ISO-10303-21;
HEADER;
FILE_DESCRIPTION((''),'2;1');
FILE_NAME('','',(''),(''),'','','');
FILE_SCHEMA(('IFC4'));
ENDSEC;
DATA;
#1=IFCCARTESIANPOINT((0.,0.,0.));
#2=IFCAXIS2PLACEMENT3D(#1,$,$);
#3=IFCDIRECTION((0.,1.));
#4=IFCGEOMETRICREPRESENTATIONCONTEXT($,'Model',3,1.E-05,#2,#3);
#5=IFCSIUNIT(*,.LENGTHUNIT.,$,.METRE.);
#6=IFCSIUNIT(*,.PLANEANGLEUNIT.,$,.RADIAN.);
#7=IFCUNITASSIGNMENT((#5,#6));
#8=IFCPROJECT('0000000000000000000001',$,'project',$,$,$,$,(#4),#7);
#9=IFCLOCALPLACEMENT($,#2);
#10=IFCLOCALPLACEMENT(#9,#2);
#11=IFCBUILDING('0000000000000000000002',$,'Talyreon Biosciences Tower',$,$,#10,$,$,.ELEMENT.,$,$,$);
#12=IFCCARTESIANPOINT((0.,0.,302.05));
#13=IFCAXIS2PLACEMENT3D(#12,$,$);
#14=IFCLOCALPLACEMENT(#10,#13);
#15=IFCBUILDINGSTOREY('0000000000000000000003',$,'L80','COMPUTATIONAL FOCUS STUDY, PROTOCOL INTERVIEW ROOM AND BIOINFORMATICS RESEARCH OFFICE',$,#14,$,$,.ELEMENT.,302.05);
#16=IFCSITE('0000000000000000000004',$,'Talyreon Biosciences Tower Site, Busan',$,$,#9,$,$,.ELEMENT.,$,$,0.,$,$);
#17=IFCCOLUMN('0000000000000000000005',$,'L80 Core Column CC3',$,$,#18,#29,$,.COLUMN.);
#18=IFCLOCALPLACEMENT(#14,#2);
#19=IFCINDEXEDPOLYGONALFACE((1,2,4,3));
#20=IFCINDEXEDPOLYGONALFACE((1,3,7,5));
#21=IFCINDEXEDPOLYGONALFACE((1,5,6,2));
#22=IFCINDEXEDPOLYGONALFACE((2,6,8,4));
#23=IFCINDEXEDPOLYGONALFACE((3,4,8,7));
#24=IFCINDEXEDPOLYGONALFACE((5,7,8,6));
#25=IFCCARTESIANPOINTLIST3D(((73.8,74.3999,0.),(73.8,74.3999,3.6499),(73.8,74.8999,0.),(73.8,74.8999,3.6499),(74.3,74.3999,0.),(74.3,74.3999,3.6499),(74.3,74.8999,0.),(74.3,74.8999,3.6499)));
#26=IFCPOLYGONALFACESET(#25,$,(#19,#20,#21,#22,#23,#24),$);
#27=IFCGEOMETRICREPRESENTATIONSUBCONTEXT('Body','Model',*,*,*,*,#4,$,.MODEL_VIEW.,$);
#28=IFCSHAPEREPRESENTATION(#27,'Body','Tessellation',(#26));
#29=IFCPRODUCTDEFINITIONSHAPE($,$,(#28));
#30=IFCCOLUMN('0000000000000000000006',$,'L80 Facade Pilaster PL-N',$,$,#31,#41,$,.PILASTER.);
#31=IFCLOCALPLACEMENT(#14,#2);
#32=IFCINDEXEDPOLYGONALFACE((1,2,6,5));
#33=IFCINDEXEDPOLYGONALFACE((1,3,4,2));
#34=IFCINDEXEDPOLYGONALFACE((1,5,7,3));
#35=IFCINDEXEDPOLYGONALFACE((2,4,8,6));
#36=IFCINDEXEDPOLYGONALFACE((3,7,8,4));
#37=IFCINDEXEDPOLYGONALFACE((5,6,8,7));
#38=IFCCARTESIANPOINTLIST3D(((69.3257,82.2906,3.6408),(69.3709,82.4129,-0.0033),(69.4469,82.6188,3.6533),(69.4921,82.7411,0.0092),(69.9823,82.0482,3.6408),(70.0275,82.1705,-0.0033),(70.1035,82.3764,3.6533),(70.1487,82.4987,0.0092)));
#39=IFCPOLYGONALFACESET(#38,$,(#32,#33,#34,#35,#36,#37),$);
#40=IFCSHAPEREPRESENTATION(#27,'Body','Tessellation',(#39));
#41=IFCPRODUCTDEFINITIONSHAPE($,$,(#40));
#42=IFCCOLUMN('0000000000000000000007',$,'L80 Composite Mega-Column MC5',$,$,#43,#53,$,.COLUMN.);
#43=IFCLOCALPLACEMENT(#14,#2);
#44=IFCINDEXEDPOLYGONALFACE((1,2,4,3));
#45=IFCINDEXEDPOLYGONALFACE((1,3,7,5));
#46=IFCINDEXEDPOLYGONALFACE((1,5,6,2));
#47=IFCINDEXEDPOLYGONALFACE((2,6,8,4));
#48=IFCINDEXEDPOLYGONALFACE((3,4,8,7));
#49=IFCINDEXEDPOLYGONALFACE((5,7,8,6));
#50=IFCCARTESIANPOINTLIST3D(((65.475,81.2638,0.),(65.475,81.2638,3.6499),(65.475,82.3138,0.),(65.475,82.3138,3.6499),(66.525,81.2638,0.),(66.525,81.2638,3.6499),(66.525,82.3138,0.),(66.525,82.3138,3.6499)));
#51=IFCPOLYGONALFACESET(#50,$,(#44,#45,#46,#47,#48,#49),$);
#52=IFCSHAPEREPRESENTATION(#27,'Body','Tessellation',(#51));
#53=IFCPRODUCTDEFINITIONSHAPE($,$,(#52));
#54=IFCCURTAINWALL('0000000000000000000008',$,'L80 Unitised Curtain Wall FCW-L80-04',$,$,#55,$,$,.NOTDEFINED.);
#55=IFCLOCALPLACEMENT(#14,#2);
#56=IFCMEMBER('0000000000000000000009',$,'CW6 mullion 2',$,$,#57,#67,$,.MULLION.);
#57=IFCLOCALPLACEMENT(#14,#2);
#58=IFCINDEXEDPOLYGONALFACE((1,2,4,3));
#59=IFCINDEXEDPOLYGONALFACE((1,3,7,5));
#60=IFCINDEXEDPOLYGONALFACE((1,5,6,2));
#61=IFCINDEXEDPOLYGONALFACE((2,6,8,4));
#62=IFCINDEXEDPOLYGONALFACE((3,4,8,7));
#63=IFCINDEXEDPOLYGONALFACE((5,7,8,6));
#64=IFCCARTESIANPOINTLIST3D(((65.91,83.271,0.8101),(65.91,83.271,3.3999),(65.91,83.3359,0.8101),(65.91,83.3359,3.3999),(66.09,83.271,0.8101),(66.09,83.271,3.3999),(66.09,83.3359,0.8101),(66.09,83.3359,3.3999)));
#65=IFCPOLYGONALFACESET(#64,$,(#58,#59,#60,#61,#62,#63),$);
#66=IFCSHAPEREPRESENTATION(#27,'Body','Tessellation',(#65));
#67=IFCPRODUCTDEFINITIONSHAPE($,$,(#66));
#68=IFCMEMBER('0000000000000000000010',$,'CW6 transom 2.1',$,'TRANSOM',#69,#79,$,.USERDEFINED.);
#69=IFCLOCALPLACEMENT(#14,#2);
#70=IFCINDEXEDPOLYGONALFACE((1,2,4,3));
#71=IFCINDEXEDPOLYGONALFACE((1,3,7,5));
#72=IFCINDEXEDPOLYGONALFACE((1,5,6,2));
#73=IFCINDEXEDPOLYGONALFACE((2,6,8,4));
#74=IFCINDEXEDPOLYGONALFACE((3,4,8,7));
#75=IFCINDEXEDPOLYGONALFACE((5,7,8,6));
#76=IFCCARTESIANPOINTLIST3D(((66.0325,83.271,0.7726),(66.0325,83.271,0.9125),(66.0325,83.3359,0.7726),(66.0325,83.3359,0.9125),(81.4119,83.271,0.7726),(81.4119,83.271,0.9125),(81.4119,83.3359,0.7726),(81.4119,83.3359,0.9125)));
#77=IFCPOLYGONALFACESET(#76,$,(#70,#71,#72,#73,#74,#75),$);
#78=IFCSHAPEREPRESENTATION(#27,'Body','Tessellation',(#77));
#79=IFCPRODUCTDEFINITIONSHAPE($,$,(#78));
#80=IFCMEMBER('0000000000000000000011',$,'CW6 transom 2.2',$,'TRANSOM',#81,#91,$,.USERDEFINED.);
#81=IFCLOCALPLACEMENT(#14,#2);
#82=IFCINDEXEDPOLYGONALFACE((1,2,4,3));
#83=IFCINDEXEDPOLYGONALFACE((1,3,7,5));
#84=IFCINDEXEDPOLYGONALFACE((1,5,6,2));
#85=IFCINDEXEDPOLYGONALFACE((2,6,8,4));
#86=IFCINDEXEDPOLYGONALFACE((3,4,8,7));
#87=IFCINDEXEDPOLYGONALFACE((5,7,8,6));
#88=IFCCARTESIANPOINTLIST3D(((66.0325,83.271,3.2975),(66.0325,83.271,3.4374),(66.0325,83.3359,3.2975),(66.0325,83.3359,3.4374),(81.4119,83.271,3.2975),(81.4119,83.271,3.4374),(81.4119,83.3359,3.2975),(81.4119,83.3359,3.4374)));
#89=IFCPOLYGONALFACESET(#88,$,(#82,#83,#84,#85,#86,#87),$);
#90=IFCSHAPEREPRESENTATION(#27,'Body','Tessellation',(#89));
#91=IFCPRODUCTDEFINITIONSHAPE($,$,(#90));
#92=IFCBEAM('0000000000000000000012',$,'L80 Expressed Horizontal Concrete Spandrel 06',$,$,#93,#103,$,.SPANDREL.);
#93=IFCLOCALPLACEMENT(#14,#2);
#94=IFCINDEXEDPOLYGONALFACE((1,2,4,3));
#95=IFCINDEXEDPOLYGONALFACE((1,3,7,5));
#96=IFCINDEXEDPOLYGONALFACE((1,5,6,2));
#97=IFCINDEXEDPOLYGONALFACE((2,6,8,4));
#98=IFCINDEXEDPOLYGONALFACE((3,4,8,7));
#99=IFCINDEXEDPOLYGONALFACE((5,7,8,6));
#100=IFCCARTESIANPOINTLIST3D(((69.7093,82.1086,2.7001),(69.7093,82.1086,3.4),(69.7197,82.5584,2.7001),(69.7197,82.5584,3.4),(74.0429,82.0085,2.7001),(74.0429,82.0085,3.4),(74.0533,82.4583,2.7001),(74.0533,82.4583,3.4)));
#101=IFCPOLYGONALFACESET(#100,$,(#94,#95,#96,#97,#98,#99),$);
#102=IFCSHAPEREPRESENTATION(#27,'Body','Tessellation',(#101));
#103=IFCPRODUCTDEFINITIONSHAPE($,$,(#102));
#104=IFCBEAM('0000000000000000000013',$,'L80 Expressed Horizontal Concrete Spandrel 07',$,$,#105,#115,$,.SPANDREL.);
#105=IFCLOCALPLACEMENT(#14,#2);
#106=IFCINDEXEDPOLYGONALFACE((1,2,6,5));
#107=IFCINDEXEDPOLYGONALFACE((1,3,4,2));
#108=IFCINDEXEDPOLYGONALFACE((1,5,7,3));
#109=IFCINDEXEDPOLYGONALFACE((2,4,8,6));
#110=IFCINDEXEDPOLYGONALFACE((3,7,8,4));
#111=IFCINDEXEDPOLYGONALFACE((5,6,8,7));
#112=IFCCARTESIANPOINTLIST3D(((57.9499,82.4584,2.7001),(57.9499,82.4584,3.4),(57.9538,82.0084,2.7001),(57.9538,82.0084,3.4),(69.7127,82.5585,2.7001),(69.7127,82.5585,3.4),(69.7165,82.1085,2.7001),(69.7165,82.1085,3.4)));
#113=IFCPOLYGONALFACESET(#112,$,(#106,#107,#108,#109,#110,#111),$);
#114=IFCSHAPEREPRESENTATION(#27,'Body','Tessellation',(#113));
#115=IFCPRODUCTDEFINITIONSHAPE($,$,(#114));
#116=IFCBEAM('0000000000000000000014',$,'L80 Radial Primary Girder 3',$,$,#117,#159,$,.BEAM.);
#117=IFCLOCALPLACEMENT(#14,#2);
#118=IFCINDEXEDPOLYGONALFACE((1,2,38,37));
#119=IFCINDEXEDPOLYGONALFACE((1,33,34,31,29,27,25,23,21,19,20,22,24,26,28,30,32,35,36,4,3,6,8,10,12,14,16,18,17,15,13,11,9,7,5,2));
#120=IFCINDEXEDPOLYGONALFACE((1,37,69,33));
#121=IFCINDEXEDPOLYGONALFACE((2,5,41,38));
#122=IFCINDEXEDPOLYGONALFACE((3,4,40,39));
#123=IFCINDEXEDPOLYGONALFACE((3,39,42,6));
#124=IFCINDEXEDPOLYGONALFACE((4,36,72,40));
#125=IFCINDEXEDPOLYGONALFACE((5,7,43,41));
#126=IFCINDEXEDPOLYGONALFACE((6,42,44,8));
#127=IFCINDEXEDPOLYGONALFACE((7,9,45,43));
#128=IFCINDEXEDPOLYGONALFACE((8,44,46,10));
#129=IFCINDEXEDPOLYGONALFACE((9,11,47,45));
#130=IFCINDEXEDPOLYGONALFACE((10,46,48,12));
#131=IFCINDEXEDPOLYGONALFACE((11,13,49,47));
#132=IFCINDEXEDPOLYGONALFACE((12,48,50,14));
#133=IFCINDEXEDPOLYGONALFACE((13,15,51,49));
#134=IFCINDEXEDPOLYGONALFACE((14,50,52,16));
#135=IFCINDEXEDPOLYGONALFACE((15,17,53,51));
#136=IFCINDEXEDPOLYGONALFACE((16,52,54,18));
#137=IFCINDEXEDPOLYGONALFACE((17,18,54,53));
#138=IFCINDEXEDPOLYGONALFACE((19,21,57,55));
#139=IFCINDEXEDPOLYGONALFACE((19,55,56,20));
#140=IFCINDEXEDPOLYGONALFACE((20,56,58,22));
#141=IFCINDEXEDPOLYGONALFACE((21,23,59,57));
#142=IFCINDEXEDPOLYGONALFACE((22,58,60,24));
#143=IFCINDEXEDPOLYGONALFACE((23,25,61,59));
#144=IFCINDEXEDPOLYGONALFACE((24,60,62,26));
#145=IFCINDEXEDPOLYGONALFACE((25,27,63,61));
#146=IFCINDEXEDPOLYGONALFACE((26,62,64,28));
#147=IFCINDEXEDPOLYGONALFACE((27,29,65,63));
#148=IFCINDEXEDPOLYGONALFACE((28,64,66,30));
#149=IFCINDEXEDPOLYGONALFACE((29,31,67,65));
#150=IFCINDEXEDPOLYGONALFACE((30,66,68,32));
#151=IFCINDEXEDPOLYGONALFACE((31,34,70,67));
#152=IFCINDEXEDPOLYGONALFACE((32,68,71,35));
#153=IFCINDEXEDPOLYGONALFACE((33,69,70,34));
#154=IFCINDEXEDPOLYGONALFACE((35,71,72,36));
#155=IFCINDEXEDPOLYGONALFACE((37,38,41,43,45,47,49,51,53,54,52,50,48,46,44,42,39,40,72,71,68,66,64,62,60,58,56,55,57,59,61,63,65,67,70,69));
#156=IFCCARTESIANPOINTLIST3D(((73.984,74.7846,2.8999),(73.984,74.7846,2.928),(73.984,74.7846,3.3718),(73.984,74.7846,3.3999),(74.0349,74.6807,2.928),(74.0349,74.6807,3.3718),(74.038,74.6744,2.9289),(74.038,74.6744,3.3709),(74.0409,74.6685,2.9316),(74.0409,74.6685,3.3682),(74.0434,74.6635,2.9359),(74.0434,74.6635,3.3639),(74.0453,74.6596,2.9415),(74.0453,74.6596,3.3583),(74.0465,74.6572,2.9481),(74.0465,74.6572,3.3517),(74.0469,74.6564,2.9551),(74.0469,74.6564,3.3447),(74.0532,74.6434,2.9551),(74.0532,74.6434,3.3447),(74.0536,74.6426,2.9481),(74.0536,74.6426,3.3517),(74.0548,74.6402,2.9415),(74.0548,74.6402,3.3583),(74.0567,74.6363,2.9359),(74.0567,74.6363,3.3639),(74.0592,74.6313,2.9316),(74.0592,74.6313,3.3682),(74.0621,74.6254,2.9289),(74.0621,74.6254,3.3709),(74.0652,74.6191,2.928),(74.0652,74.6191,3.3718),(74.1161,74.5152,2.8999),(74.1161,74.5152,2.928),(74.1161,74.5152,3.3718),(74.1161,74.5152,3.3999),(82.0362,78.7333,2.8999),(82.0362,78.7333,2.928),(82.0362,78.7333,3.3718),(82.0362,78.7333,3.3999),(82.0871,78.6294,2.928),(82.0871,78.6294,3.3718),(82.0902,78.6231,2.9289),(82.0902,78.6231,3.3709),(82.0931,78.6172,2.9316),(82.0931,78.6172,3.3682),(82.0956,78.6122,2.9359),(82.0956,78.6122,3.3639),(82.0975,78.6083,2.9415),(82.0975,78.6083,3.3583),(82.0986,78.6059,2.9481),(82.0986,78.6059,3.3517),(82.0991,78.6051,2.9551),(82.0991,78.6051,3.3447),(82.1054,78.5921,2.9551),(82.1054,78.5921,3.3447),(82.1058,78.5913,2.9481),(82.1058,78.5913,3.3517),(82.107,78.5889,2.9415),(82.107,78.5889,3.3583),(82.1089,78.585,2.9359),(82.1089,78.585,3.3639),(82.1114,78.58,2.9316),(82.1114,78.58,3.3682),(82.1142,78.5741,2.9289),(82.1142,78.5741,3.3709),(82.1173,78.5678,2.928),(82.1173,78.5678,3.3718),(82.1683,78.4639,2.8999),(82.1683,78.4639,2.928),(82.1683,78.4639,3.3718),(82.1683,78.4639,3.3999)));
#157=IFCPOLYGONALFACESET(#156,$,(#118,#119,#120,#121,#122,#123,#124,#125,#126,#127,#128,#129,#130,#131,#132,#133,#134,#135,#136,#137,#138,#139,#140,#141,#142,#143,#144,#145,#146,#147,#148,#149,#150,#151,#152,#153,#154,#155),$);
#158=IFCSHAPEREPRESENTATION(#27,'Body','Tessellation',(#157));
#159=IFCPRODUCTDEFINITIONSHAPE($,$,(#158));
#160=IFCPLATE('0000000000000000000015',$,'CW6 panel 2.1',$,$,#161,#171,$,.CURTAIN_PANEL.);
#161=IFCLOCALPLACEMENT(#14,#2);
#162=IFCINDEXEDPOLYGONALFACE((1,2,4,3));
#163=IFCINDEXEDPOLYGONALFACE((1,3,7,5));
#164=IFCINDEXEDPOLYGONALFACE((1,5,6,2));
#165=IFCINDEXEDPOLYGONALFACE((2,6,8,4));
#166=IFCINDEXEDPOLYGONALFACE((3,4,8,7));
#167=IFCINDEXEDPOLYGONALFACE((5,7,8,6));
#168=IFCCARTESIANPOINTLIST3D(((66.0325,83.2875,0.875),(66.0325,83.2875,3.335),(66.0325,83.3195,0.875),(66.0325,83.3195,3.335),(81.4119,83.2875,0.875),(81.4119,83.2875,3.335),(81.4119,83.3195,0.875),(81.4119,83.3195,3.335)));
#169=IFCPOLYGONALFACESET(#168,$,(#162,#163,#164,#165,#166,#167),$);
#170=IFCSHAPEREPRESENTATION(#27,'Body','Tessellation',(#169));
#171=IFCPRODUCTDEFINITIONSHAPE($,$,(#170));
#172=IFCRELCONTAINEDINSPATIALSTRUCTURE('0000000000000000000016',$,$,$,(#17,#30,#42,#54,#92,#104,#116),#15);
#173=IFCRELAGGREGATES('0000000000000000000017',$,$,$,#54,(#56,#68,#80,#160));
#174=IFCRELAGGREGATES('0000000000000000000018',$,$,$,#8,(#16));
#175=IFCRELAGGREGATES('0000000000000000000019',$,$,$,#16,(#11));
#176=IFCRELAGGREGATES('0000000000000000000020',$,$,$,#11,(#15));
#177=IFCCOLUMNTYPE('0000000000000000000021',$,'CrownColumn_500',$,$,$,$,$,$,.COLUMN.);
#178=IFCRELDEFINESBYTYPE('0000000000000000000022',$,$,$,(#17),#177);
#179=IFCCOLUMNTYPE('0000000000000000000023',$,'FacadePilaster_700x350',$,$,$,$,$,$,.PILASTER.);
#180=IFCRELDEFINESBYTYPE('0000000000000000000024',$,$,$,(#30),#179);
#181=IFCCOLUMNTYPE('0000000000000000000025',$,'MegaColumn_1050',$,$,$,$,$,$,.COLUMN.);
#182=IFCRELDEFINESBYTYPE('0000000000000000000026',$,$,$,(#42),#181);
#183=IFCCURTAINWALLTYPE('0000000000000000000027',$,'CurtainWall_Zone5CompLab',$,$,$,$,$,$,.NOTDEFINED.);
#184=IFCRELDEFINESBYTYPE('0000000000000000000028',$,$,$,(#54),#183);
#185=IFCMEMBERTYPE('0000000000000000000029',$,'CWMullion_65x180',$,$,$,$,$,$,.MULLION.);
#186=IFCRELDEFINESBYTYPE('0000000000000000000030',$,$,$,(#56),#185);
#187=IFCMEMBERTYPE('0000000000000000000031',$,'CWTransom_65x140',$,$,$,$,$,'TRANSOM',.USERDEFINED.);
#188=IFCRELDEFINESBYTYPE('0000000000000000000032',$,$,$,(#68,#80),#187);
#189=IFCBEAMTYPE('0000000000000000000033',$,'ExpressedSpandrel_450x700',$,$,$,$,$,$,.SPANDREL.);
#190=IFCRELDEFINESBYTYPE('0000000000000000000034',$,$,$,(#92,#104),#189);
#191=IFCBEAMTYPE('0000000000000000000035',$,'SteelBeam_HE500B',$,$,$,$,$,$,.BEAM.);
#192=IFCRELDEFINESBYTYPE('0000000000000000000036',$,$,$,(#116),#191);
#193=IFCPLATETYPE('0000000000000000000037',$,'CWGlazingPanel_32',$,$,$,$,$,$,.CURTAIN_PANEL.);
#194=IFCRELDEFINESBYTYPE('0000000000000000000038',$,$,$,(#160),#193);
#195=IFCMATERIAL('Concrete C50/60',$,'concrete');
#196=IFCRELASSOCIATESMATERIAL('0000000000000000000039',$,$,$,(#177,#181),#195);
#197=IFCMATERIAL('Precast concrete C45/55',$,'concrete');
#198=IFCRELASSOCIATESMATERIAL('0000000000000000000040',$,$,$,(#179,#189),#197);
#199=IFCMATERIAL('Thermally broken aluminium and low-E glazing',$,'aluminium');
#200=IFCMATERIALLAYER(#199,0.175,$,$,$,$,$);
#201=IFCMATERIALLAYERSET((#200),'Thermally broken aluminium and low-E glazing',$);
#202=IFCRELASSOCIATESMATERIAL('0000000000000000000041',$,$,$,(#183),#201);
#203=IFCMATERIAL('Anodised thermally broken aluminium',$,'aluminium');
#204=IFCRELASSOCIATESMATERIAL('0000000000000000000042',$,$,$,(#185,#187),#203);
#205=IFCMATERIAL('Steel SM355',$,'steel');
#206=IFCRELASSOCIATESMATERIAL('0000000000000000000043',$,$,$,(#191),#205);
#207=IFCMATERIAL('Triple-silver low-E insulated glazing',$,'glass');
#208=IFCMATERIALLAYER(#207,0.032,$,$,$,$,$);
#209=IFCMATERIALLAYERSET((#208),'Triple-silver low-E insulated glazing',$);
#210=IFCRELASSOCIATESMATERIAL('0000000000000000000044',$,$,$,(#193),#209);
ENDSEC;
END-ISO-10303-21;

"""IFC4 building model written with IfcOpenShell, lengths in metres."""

from ifc_helpers import new_model, si_unit, direction, frame, origin, origin_2d, place, context, subcontext, project, spatial, rectangle, i_section, extrude, material, layer, layer_set, material_profile, profile_set, type_object, element, aggregate, save


model = new_model("IFC4")

# Units and contexts
model_context = context("Model", 3, precision=1e-05, world=origin(), true_north=direction((0.0, 1.0)))
body_context = subcontext(model_context, "Body", "Model", "MODEL_VIEW")
ifc_project = project(units=[si_unit("LENGTHUNIT", "METRE"), si_unit("PLANEANGLEUNIT", "RADIAN")], contexts=[model_context])

# Site, building, storey
site_placement = place(None, origin())
site = spatial("IfcSite", under=ifc_project, at=site_placement, Name="Talyreon Biosciences Tower Site, Busan", CompositionType="ELEMENT", RefElevation=0.0)
building_placement = place(site_placement, origin())
building = spatial("IfcBuilding", under=site, at=building_placement, Name="Talyreon Biosciences Tower", CompositionType="ELEMENT")
storey_placement = place(building_placement, frame((0.0, 0.0, 302.05)))
storey = spatial("IfcBuildingStorey", under=building, at=storey_placement, Name="L80", Description="COMPUTATIONAL FOCUS STUDY, PROTOCOL INTERVIEW ROOM AND BIOINFORMATICS RESEARCH OFFICE", CompositionType="ELEMENT", Elevation=302.05)

# Columns
ifc_material_1 = material(Name="Concrete C50/60", Category="concrete")
ifc_material_profile_1 = material_profile(ifc_material_1, rectangle(XDim=0.5, YDim=0.5, at=origin_2d()), Name="RC 500x500")
ifc_profile_set_1 = profile_set([ifc_material_profile_1], Name="Concrete C50/60")
column_type_1 = type_object("IfcColumnType", Name="CrownColumn_500", PredefinedType="COLUMN", material=ifc_profile_set_1)
column_1_placement = place(storey_placement, frame((74.05, 74.6499, 0.0), z_axis=(0.0, 0.0, 1.0), x_axis=(1.0, 0.0, 0.0)))
element("IfcColumn", 1, at=column_1_placement, inside=storey, type_object=column_type_1, Name="L80 Core Column CC3", PredefinedType="COLUMN", context=body_context, shape_type="SweptSolid", body=[
    extrude(rectangle(XDim=0.5, YDim=0.5, at=origin_2d()), origin(), (0.0, 0.0, 1.0), 3.6499),
])
ifc_material_2 = material(Name="Precast concrete C45/55", Category="concrete")
ifc_material_profile_2 = material_profile(ifc_material_2, rectangle(XDim=0.7, YDim=0.3501, at=origin_2d()), Name="RC 700x350")
ifc_profile_set_2 = profile_set([ifc_material_profile_2], Name="Precast concrete C45/55")
column_type_2 = type_object("IfcColumnType", Name="FacadePilaster_700x350", PredefinedType="PILASTER", material=ifc_profile_set_2)
column_2_placement = place(storey_placement, frame((69.7598, 82.4558, 0.0029), z_axis=(-0.012387, -0.033544, 0.99936), x_axis=(-0.938087, 0.346399, 0.0)))
element("IfcColumn", 2, at=column_2_placement, inside=storey, type_object=column_type_2, Name="L80 Facade Pilaster PL-N", PredefinedType="PILASTER", context=body_context, shape_type="SweptSolid", body=[
    extrude(rectangle(XDim=0.7, YDim=0.3501, at=origin_2d()), origin(), (0.0, 0.0, 1.0), 3.6465),
])
ifc_material_profile_3 = material_profile(ifc_material_1, rectangle(XDim=1.05, YDim=1.05, at=origin_2d()), Name="RC 1050x1050")
ifc_profile_set_3 = profile_set([ifc_material_profile_3], Name="Concrete C50/60")
column_type_3 = type_object("IfcColumnType", Name="MegaColumn_1050", PredefinedType="COLUMN", material=ifc_profile_set_3)
column_3_placement = place(storey_placement, frame((66.0, 81.7888, 0.0), z_axis=(0.0, 0.0, 1.0), x_axis=(1.0, 0.0, 0.0)))
element("IfcColumn", 3, at=column_3_placement, inside=storey, type_object=column_type_3, Name="L80 Composite Mega-Column MC5", PredefinedType="COLUMN", context=body_context, shape_type="SweptSolid", body=[
    extrude(rectangle(XDim=1.05, YDim=1.05, at=origin_2d()), origin(), (0.0, 0.0, 1.0), 3.6499),
])

# Curtain wall, members
ifc_material_3 = material(Name="Thermally broken aluminium and low-E glazing", Category="aluminium")
ifc_layer_1 = layer(ifc_material_3, 0.175)
ifc_layer_set_1 = layer_set([ifc_layer_1], Name="Thermally broken aluminium and low-E glazing")
curtain_wall_type = type_object("IfcCurtainWallType", Name="CurtainWall_Zone5CompLab", PredefinedType="NOTDEFINED", material=ifc_layer_set_1)
curtain_wall_placement = place(storey_placement, origin())
curtain_wall = element("IfcCurtainWall", 4, at=curtain_wall_placement, inside=storey, type_object=curtain_wall_type, Name="L80 Unitised Curtain Wall FCW-L80-04", PredefinedType="NOTDEFINED")
ifc_material_4 = material(Name="Anodised thermally broken aluminium", Category="aluminium")
ifc_material_profile_4 = material_profile(ifc_material_4, rectangle(XDim=0.0649, YDim=0.1799, at=origin_2d()), Name="ALUM MULLION 65x180")
ifc_profile_set_4 = profile_set([ifc_material_profile_4], Name="Anodised thermally broken aluminium")
member_type_1 = type_object("IfcMemberType", Name="CWMullion_65x180", PredefinedType="MULLION", material=ifc_profile_set_4)
member_1_placement = place(storey_placement, frame((66.0, 83.3035, 0.8101), z_axis=(0.0, 0.0, 1.0), x_axis=(0.0, 1.0, 0.0)))
member_1 = element("IfcMember", 5, at=member_1_placement, type_object=member_type_1, Name="CW6 mullion 2", PredefinedType="MULLION", context=body_context, shape_type="SweptSolid", body=[
    extrude(rectangle(XDim=0.0649, YDim=0.1799, at=origin_2d()), origin(), (0.0, 0.0, 1.0), 2.5898),
])
ifc_material_profile_5 = material_profile(ifc_material_4, rectangle(XDim=0.0649, YDim=0.1399, at=origin_2d()), Name="ALUM TRANSOM 65x140")
ifc_profile_set_5 = profile_set([ifc_material_profile_5], Name="Anodised thermally broken aluminium")
member_type_2 = type_object("IfcMemberType", Name="CWTransom_65x140", ElementType="TRANSOM", PredefinedType="USERDEFINED", material=ifc_profile_set_5)
member_2_placement = place(storey_placement, frame((66.0325, 83.3035, 0.8425), z_axis=(1.0, 0.0, 0.0), x_axis=(0.0, 1.0, 0.0)))
member_2 = element("IfcMember", 6, at=member_2_placement, type_object=member_type_2, Name="CW6 transom 2.1", ObjectType="TRANSOM", PredefinedType="USERDEFINED", context=body_context, shape_type="SweptSolid", body=[
    extrude(rectangle(XDim=0.0649, YDim=0.1399, at=origin_2d()), origin(), (0.0, 0.0, 1.0), 15.3794),
])
member_3_placement = place(storey_placement, frame((66.0325, 83.3035, 3.3674), z_axis=(1.0, 0.0, 0.0), x_axis=(0.0, 1.0, 0.0)))
member_3 = element("IfcMember", 7, at=member_3_placement, type_object=member_type_2, Name="CW6 transom 2.2", ObjectType="TRANSOM", PredefinedType="USERDEFINED", context=body_context, shape_type="SweptSolid", body=[
    extrude(rectangle(XDim=0.0649, YDim=0.1399, at=origin_2d()), origin(), (0.0, 0.0, 1.0), 15.3794),
])

# Beams
ifc_material_profile_6 = material_profile(ifc_material_2, rectangle(XDim=0.45, YDim=0.7, at=origin_2d()), Name="RCB 450x700")
ifc_profile_set_6 = profile_set([ifc_material_profile_6], Name="Precast concrete C45/55")
beam_type_1 = type_object("IfcBeamType", Name="ExpressedSpandrel_450x700", PredefinedType="SPANDREL", material=ifc_profile_set_6)
beam_1_placement = place(storey_placement, frame((74.0481, 82.2334, 3.05), z_axis=(-0.999733, 0.023092, 0.0), x_axis=(-0.023092, -0.999733, 0.0)))
element("IfcBeam", 8, at=beam_1_placement, inside=storey, type_object=beam_type_1, Name="L80 Expressed Horizontal Concrete Spandrel 06", PredefinedType="SPANDREL", context=body_context, shape_type="SweptSolid", body=[
    extrude(rectangle(XDim=0.45, YDim=0.7, at=origin_2d()), origin(), (0.0, 0.0, 1.0), 4.3347),
])
beam_2_placement = place(storey_placement, frame((69.7146, 82.3335, 3.05), z_axis=(-0.999964, -0.008509, 0.0), x_axis=(0.008509, -0.999964, 0.0)))
element("IfcBeam", 9, at=beam_2_placement, inside=storey, type_object=beam_type_1, Name="L80 Expressed Horizontal Concrete Spandrel 07", PredefinedType="SPANDREL", context=body_context, shape_type="SweptSolid", body=[
    extrude(rectangle(XDim=0.45, YDim=0.7, at=origin_2d()), origin(), (0.0, 0.0, 1.0), 11.7632),
])
ifc_material_5 = material(Name="Steel SM355", Category="steel")
ifc_material_profile_7 = material_profile(ifc_material_5, i_section(OverallWidth=0.3, OverallDepth=0.5, WebThickness=0.0144, FlangeThickness=0.0281, FilletRadius=0.0271, at=origin_2d()), Name="HE500B")
ifc_profile_set_7 = profile_set([ifc_material_profile_7], Name="Steel SM355")
beam_type_2 = type_object("IfcBeamType", Name="SteelBeam_HE500B", PredefinedType="BEAM", material=ifc_profile_set_7)
beam_3_placement = place(storey_placement, frame((74.05, 74.6499, 3.1499), z_axis=(0.897852, 0.440297, 0.0), x_axis=(-0.440297, 0.897852, 0.0)))
element("IfcBeam", 10, at=beam_3_placement, inside=storey, type_object=beam_type_2, Name="L80 Radial Primary Girder 3", PredefinedType="BEAM", context=body_context, shape_type="SweptSolid", body=[
    extrude(i_section(OverallWidth=0.3, OverallDepth=0.5, WebThickness=0.0144, FlangeThickness=0.0281, FilletRadius=0.0271, at=origin_2d()), origin(), (0.0, 0.0, 1.0), 8.9683),
])

# Plate
ifc_material_6 = material(Name="Triple-silver low-E insulated glazing", Category="glass")
ifc_layer_2 = layer(ifc_material_6, 0.032)
ifc_layer_set_2 = layer_set([ifc_layer_2], Name="Triple-silver low-E insulated glazing")
plate_type_1 = type_object("IfcPlateType", Name="CWGlazingPanel_32", PredefinedType="CURTAIN_PANEL", material=ifc_layer_set_2)
plate_1_placement = place(storey_placement, frame((73.7222, 83.3035, 0.875), z_axis=(0.0, 0.0, 1.0), x_axis=(1.0, 0.0, 0.0)))
plate_1 = element("IfcPlate", 11, at=plate_1_placement, type_object=plate_type_1, Name="CW6 panel 2.1", PredefinedType="CURTAIN_PANEL", context=body_context, shape_type="SweptSolid", body=[
    extrude(rectangle(XDim=15.3794, YDim=0.032, at=origin_2d()), origin(), (0.0, 0.0, 1.0), 2.46),
])
aggregate(curtain_wall, [member_1, member_2, member_3, plate_1])

save(model, "model.ifc")
